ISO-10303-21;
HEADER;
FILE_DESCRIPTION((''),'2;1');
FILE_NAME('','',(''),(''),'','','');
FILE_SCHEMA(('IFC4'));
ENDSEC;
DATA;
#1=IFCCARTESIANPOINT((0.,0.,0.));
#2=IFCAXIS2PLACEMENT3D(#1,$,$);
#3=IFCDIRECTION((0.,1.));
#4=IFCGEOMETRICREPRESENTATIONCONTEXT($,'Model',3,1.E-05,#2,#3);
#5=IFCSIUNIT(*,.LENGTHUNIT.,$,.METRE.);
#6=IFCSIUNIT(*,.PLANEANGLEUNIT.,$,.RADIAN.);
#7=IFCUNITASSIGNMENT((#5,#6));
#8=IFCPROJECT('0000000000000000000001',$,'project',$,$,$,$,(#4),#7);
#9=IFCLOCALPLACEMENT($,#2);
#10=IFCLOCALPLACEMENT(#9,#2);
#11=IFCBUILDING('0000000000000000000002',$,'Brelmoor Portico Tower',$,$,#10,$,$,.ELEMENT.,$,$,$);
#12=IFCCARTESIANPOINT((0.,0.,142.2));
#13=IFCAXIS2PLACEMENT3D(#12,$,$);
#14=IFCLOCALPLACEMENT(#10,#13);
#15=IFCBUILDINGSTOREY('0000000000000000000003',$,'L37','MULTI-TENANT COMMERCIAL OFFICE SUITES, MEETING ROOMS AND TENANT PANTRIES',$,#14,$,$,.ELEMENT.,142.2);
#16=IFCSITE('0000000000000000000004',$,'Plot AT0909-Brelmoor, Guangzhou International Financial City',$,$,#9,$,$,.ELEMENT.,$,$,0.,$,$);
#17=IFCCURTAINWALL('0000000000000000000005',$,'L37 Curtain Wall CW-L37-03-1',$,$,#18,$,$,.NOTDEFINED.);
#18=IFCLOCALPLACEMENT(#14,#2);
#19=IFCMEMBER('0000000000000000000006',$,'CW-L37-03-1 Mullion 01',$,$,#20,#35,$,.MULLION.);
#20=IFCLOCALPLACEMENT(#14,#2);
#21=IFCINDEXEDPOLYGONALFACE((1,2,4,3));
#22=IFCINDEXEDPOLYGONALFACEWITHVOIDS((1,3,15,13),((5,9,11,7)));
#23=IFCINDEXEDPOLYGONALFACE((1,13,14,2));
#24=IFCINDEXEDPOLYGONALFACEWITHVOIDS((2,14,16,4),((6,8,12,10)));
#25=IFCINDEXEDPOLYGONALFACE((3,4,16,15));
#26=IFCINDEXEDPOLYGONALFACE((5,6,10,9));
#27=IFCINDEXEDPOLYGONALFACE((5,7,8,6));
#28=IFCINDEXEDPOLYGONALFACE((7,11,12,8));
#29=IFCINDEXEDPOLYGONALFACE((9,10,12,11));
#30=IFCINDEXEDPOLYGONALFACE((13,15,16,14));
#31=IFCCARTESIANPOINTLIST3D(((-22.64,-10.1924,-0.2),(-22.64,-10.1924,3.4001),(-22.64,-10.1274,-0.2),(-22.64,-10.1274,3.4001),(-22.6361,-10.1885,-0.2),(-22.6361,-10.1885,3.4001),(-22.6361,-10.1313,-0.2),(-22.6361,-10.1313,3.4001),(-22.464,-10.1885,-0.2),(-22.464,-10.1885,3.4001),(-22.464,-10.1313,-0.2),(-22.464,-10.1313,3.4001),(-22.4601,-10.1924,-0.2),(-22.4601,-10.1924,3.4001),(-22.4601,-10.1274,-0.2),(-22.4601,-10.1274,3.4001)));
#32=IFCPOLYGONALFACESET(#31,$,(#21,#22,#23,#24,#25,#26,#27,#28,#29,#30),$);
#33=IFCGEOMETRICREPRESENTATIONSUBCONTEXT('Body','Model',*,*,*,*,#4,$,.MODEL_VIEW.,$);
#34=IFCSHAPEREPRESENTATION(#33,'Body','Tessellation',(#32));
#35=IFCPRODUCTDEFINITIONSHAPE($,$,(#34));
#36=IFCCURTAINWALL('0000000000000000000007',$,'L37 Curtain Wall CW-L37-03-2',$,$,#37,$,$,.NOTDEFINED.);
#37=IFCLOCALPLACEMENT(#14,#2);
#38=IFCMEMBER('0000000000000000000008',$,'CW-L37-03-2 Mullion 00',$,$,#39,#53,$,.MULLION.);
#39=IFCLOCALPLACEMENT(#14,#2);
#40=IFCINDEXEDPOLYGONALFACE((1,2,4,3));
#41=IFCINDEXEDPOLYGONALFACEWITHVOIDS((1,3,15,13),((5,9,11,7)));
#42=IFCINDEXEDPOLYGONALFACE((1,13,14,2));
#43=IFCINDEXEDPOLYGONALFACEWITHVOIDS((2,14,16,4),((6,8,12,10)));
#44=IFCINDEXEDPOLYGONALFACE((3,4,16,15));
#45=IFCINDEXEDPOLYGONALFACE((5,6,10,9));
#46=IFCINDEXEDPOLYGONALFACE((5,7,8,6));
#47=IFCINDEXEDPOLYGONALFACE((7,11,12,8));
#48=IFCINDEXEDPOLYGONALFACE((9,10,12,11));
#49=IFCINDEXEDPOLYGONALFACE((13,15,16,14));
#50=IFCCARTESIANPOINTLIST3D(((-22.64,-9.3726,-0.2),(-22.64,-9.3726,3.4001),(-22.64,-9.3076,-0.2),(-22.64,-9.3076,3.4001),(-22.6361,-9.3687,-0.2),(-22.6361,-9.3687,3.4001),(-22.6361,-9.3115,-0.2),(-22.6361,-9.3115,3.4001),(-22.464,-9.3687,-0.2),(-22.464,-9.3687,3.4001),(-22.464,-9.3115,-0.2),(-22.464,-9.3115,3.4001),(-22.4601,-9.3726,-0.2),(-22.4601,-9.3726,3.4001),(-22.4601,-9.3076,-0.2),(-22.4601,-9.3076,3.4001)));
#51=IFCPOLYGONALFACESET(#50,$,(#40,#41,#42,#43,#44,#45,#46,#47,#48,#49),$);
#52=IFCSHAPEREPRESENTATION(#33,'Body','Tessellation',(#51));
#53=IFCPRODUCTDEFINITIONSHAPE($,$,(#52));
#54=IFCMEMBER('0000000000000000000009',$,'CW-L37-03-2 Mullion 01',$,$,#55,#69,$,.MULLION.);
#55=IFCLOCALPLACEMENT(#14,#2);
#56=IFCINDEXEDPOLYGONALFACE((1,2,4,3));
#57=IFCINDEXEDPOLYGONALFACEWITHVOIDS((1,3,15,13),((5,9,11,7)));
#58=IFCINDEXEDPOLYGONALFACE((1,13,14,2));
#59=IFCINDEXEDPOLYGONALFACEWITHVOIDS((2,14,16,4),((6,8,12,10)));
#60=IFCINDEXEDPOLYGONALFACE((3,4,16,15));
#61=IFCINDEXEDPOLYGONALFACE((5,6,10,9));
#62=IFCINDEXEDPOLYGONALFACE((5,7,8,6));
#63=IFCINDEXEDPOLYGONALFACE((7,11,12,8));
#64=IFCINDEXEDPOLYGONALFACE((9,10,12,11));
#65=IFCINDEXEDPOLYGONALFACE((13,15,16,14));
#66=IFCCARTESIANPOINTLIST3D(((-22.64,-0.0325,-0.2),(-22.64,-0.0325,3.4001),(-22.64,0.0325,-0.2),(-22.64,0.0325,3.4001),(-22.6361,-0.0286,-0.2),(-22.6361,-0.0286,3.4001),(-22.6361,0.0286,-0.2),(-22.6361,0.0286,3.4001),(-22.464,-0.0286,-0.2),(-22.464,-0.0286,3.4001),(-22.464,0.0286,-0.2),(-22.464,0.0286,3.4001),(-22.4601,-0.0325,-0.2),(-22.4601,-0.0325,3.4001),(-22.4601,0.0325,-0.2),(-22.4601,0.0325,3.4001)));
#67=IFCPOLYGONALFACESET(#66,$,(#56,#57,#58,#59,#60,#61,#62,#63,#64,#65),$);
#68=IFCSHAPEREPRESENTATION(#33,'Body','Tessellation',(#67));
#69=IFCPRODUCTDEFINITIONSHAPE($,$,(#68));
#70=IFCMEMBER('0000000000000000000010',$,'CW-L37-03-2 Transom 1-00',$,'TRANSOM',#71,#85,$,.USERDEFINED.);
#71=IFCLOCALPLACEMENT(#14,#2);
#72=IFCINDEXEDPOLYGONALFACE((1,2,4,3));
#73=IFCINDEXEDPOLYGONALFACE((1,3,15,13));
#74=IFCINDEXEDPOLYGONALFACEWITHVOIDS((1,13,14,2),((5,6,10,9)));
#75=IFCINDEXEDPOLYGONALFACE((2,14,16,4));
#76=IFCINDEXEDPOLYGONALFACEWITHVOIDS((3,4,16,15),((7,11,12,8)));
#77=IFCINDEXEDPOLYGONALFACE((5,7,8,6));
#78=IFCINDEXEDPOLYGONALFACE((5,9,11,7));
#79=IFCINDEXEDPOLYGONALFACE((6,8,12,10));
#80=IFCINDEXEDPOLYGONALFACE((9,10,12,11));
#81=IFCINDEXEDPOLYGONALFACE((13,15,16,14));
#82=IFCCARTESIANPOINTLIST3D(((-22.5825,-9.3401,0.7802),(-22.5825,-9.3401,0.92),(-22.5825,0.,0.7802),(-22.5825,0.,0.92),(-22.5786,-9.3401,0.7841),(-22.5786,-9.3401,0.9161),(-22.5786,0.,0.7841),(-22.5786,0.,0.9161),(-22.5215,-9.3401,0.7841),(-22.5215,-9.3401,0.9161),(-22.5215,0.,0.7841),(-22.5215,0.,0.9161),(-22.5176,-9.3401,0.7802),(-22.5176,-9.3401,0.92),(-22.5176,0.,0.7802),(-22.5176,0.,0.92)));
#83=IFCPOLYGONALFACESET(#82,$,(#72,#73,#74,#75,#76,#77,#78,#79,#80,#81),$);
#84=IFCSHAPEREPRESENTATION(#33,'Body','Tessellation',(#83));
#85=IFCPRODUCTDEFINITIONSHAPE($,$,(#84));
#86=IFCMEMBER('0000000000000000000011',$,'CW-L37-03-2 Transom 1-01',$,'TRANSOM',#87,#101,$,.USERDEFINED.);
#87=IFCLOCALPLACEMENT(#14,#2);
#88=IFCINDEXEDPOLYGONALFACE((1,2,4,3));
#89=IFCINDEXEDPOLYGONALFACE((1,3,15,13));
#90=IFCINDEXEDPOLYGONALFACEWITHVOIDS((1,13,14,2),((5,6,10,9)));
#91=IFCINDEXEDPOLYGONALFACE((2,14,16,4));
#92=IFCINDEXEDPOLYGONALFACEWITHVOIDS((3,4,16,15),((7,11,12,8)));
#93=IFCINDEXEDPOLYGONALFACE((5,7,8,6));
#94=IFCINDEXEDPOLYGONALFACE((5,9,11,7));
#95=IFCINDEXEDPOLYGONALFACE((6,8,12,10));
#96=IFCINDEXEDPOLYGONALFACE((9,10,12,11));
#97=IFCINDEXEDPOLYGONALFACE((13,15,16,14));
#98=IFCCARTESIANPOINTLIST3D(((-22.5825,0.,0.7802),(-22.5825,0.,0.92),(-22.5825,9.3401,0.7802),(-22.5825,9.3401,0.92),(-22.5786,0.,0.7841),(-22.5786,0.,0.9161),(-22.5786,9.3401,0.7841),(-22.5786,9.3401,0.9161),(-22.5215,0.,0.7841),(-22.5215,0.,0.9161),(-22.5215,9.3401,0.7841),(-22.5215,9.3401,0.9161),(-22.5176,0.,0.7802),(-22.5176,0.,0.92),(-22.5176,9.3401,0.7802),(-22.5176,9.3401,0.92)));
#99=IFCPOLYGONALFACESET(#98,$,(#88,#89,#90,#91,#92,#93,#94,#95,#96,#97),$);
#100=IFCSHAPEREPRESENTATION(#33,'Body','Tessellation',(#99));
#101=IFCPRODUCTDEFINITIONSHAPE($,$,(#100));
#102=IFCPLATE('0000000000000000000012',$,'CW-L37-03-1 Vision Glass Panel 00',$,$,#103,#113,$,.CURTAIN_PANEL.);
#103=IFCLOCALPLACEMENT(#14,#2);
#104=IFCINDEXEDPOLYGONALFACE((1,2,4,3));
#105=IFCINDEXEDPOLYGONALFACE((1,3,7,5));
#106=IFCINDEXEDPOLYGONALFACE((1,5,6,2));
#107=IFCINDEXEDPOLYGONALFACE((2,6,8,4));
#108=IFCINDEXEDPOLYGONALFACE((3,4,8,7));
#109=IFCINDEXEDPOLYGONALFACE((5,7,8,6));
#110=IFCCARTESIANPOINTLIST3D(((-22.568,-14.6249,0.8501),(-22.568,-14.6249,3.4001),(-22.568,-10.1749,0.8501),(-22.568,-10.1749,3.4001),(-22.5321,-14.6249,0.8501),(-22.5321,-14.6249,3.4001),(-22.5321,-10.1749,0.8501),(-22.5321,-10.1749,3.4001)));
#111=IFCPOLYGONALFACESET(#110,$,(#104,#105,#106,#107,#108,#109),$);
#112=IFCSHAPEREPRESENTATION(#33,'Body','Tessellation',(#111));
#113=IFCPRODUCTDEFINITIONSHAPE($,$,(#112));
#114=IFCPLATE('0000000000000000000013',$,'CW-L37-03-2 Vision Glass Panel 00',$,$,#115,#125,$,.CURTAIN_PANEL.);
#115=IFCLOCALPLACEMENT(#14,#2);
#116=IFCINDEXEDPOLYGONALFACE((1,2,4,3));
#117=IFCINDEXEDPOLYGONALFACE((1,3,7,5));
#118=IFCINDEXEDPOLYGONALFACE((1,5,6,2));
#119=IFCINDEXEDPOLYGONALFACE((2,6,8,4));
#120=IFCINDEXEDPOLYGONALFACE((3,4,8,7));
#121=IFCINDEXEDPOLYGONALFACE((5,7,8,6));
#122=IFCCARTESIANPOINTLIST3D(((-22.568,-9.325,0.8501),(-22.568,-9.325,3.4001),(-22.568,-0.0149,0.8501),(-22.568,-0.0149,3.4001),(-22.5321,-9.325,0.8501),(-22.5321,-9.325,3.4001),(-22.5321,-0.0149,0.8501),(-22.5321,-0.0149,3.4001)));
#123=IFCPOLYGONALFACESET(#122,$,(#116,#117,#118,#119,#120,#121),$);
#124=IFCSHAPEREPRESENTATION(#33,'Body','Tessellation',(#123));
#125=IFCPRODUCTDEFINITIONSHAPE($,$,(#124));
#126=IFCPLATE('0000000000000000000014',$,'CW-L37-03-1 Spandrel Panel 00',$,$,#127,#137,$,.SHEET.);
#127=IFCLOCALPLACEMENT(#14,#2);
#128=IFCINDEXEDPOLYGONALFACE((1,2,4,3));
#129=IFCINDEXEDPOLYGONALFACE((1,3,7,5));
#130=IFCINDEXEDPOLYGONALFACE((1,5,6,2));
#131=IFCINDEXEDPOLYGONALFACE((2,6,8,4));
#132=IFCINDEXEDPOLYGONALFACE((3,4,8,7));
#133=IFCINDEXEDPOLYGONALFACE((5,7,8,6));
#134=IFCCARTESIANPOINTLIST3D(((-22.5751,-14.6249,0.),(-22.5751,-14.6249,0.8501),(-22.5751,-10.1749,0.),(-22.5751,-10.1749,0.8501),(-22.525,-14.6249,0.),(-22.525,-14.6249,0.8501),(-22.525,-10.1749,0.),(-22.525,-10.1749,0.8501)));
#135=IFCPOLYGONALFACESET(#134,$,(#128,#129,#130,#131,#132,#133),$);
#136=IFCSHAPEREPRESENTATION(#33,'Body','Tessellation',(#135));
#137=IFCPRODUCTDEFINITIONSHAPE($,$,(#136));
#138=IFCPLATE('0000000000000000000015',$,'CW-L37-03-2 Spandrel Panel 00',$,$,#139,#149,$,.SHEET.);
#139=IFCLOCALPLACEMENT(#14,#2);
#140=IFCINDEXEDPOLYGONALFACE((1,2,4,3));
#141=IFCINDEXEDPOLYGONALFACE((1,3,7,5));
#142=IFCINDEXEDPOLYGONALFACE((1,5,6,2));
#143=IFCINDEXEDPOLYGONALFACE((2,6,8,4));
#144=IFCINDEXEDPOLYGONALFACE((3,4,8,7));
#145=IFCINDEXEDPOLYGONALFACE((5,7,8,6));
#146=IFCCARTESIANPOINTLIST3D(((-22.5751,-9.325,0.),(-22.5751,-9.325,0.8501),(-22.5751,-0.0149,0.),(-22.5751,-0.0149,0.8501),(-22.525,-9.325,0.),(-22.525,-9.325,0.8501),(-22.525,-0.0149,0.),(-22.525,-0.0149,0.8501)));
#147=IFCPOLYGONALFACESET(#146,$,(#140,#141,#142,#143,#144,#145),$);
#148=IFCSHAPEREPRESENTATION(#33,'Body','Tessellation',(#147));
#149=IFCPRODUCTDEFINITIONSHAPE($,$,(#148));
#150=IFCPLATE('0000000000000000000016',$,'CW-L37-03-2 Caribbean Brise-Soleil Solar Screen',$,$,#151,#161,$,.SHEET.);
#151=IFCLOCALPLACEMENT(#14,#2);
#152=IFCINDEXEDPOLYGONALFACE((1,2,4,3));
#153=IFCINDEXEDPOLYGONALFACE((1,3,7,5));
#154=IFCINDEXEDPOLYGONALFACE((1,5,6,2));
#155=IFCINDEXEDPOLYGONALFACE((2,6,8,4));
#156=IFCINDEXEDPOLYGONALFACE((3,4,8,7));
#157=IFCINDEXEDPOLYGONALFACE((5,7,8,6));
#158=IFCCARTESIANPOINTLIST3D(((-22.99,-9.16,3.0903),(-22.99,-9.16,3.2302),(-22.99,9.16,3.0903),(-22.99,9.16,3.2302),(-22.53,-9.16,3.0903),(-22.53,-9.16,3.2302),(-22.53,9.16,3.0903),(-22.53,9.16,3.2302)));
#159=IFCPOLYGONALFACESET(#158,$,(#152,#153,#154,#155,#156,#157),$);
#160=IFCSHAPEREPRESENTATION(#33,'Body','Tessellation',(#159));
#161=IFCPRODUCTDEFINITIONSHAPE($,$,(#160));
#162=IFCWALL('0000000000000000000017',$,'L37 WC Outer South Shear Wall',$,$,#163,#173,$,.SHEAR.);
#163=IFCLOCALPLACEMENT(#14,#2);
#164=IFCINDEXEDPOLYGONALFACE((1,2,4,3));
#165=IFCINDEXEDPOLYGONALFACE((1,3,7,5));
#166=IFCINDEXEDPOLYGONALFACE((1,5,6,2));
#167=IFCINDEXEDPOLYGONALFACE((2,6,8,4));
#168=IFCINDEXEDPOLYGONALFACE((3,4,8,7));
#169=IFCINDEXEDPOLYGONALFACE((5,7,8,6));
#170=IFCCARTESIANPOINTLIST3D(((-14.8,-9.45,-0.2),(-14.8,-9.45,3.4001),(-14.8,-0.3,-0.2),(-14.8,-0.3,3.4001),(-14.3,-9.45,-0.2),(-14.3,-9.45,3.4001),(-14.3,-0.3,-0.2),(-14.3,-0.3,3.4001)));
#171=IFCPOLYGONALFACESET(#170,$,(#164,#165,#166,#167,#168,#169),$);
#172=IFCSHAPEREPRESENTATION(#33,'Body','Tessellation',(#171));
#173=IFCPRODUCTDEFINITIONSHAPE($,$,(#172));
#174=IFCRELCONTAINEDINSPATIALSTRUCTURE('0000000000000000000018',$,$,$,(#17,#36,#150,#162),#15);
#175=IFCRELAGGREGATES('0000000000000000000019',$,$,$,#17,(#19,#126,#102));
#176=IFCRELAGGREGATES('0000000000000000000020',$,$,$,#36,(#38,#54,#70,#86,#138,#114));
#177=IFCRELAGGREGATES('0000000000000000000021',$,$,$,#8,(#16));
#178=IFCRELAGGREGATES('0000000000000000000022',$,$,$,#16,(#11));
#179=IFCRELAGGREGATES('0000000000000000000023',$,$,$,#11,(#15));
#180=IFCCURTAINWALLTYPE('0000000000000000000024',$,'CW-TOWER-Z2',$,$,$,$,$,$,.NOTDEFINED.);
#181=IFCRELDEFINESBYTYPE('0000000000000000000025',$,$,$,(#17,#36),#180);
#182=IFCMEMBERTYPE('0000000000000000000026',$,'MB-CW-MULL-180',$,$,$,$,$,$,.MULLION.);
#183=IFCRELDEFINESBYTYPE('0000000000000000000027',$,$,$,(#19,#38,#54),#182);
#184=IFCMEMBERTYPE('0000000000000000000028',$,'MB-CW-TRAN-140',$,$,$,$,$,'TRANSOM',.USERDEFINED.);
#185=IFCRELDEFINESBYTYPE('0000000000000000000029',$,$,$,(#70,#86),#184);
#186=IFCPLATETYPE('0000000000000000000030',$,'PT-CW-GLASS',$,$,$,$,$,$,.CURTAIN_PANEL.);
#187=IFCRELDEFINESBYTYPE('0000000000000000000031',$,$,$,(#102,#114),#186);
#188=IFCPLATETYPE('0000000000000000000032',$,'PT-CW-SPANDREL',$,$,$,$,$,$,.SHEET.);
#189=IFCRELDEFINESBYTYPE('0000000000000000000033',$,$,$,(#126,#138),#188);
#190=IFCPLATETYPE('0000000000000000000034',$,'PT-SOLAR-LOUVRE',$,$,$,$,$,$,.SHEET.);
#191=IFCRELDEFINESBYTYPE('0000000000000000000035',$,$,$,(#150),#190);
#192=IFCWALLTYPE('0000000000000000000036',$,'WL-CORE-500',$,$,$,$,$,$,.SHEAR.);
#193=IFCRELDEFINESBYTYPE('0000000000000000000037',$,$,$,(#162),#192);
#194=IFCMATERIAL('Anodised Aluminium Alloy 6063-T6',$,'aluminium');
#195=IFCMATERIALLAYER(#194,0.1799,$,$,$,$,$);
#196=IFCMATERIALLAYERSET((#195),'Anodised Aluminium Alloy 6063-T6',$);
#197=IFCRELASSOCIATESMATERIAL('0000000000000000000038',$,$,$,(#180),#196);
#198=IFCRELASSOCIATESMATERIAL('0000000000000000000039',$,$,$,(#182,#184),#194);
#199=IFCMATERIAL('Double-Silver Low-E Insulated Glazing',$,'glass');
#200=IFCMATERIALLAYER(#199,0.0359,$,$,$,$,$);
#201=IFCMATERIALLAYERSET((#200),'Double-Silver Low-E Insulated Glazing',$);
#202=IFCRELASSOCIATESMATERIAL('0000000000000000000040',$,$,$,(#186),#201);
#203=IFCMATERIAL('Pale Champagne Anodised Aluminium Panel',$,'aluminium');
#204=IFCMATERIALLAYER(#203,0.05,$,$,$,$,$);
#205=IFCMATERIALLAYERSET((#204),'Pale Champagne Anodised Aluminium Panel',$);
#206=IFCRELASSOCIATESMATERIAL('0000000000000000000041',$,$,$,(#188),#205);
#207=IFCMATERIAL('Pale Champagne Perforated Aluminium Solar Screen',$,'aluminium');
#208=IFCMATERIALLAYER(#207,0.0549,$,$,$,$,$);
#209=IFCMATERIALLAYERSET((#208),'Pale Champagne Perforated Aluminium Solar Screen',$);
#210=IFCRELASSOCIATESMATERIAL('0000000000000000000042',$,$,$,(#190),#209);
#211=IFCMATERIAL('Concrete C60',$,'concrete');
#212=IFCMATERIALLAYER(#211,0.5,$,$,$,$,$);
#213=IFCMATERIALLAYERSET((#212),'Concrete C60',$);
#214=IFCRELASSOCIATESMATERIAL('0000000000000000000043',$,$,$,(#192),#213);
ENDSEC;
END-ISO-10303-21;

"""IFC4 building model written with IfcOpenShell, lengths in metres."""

from ifc_helpers import new_model, si_unit, direction, frame, frame_2d, origin, origin_2d, place, context, subcontext, project, spatial, rectangle, hollow_rectangle, extrude, material, layer, layer_set, material_profile, profile_set, type_object, element, aggregate, save


model = new_model("IFC4")

# Units and contexts
model_context = context("Model", 3, precision=1e-05, world=origin(), true_north=direction((0.0, 1.0)))
body_context = subcontext(model_context, "Body", "Model", "MODEL_VIEW")
ifc_project = project(units=[si_unit("LENGTHUNIT", "METRE"), si_unit("PLANEANGLEUNIT", "RADIAN")], contexts=[model_context])

# Site, building, storey
site_placement = place(None, origin())
site = spatial("IfcSite", under=ifc_project, at=site_placement, Name="Plot AT0909-Brelmoor, Guangzhou International Financial City", CompositionType="ELEMENT", RefElevation=0.0)
building_placement = place(site_placement, origin())
building = spatial("IfcBuilding", under=site, at=building_placement, Name="Brelmoor Portico Tower", CompositionType="ELEMENT")
storey_placement = place(building_placement, frame((0.0, 0.0, 142.2)))
storey = spatial("IfcBuildingStorey", under=building, at=storey_placement, Name="L37", Description="MULTI-TENANT COMMERCIAL OFFICE SUITES, MEETING ROOMS AND TENANT PANTRIES", CompositionType="ELEMENT", Elevation=142.2)

# Curtain wall, member
ifc_material_1 = material(Name="Anodised Aluminium Alloy 6063-T6", Category="aluminium")
ifc_layer_1 = layer(ifc_material_1, 0.1799)
ifc_layer_set_1 = layer_set([ifc_layer_1], Name="Anodised Aluminium Alloy 6063-T6")
curtain_wall_type = type_object("IfcCurtainWallType", Name="CW-TOWER-Z2", PredefinedType="NOTDEFINED", material=ifc_layer_set_1)
curtain_wall_1_placement = place(storey_placement, origin())
curtain_wall_1 = element("IfcCurtainWall", 1, at=curtain_wall_1_placement, inside=storey, type_object=curtain_wall_type, Name="L37 Curtain Wall CW-L37-03-1", PredefinedType="NOTDEFINED")
ifc_material_profile_1 = material_profile(ifc_material_1, hollow_rectangle(XDim=0.0649, YDim=0.1799, WallThickness=0.0039, at=origin_2d()), Name="ALU MULLION 65x180")
ifc_profile_set_1 = profile_set([ifc_material_profile_1], Name="Anodised Aluminium Alloy 6063-T6")
member_type_1 = type_object("IfcMemberType", Name="MB-CW-MULL-180", PredefinedType="MULLION", material=ifc_profile_set_1)
member_1_placement = place(storey_placement, frame((-22.55, -10.1599, -0.2), z_axis=(0.0, 0.0, 1.0), x_axis=(0.0, 1.0, 0.0)))
member_1 = element("IfcMember", 2, at=member_1_placement, type_object=member_type_1, Name="CW-L37-03-1 Mullion 01", PredefinedType="MULLION", context=body_context, shape_type="SweptSolid", body=[
    extrude(hollow_rectangle(XDim=0.0649, YDim=0.1799, WallThickness=0.0039, at=origin_2d()), origin(), (0.0, 0.0, 1.0), 3.6001),
])

# Curtain wall, members
curtain_wall_2_placement = place(storey_placement, origin())
curtain_wall_2 = element("IfcCurtainWall", 3, at=curtain_wall_2_placement, inside=storey, type_object=curtain_wall_type, Name="L37 Curtain Wall CW-L37-03-2", PredefinedType="NOTDEFINED")
member_2_placement = place(storey_placement, frame((-22.55, -9.3401, -0.2), z_axis=(0.0, 0.0, 1.0), x_axis=(0.0, 1.0, 0.0)))
member_2 = element("IfcMember", 4, at=member_2_placement, type_object=member_type_1, Name="CW-L37-03-2 Mullion 00", PredefinedType="MULLION", context=body_context, shape_type="SweptSolid", body=[
    extrude(hollow_rectangle(XDim=0.0649, YDim=0.1799, WallThickness=0.0039, at=origin_2d()), origin(), (0.0, 0.0, 1.0), 3.6001),
])
member_3_placement = place(storey_placement, frame((-22.55, 0.0, -0.2), z_axis=(0.0, 0.0, 1.0), x_axis=(0.0, 1.0, 0.0)))
member_3 = element("IfcMember", 5, at=member_3_placement, type_object=member_type_1, Name="CW-L37-03-2 Mullion 01", PredefinedType="MULLION", context=body_context, shape_type="SweptSolid", body=[
    extrude(hollow_rectangle(XDim=0.0649, YDim=0.1799, WallThickness=0.0039, at=origin_2d()), origin(), (0.0, 0.0, 1.0), 3.6001),
])
ifc_material_profile_2 = material_profile(ifc_material_1, hollow_rectangle(XDim=0.0649, YDim=0.1399, WallThickness=0.0039, at=origin_2d()), Name="ALU TRANSOM 65x140")
ifc_profile_set_2 = profile_set([ifc_material_profile_2], Name="Anodised Aluminium Alloy 6063-T6")
member_type_2 = type_object("IfcMemberType", Name="MB-CW-TRAN-140", ElementType="TRANSOM", PredefinedType="USERDEFINED", material=ifc_profile_set_2)
member_4_placement = place(storey_placement, frame((-22.55, -9.3401, 0.8501), z_axis=(0.0, 1.0, 0.0), x_axis=(-1.0, 0.0, 0.0)))
member_4 = element("IfcMember", 6, at=member_4_placement, type_object=member_type_2, Name="CW-L37-03-2 Transom 1-00", ObjectType="TRANSOM", PredefinedType="USERDEFINED", context=body_context, shape_type="SweptSolid", body=[
    extrude(hollow_rectangle(XDim=0.0649, YDim=0.1399, WallThickness=0.0039, at=origin_2d()), origin(), (0.0, 0.0, 1.0), 9.3401),
])
member_5_placement = place(storey_placement, frame((-22.55, 0.0, 0.8501), z_axis=(0.0, 1.0, 0.0), x_axis=(-1.0, 0.0, 0.0)))
member_5 = element("IfcMember", 7, at=member_5_placement, type_object=member_type_2, Name="CW-L37-03-2 Transom 1-01", ObjectType="TRANSOM", PredefinedType="USERDEFINED", context=body_context, shape_type="SweptSolid", body=[
    extrude(hollow_rectangle(XDim=0.0649, YDim=0.1399, WallThickness=0.0039, at=origin_2d()), origin(), (0.0, 0.0, 1.0), 9.3401),
])

# Plates
ifc_material_2 = material(Name="Double-Silver Low-E Insulated Glazing", Category="glass")
ifc_layer_2 = layer(ifc_material_2, 0.0359)
ifc_layer_set_2 = layer_set([ifc_layer_2], Name="Double-Silver Low-E Insulated Glazing")
plate_type_1 = type_object("IfcPlateType", Name="PT-CW-GLASS", PredefinedType="CURTAIN_PANEL", material=ifc_layer_set_2)
plate_1_placement = place(storey_placement, frame((-22.55, -12.3999, 0.8501), z_axis=(0.0, 0.0, 1.0), x_axis=(0.0, 1.0, 0.0)))
plate_1 = element("IfcPlate", 8, at=plate_1_placement, type_object=plate_type_1, Name="CW-L37-03-1 Vision Glass Panel 00", PredefinedType="CURTAIN_PANEL", context=body_context, shape_type="SweptSolid", body=[
    extrude(rectangle(XDim=4.45, YDim=0.0359, at=origin_2d()), origin(), (0.0, 0.0, 1.0), 2.55),
])
plate_2_placement = place(storey_placement, frame((-22.55, -4.6699, 0.8501), z_axis=(0.0, 0.0, 1.0), x_axis=(0.0, 1.0, 0.0)))
plate_2 = element("IfcPlate", 9, at=plate_2_placement, type_object=plate_type_1, Name="CW-L37-03-2 Vision Glass Panel 00", PredefinedType="CURTAIN_PANEL", context=body_context, shape_type="SweptSolid", body=[
    extrude(rectangle(XDim=9.3101, YDim=0.0359, at=origin_2d()), origin(), (0.0, 0.0, 1.0), 2.55),
])
ifc_material_3 = material(Name="Pale Champagne Anodised Aluminium Panel", Category="aluminium")
ifc_layer_3 = layer(ifc_material_3, 0.05)
ifc_layer_set_3 = layer_set([ifc_layer_3], Name="Pale Champagne Anodised Aluminium Panel")
plate_type_2 = type_object("IfcPlateType", Name="PT-CW-SPANDREL", PredefinedType="SHEET", material=ifc_layer_set_3)
plate_3_placement = place(storey_placement, frame((-22.55, -12.3999, 0.0), z_axis=(0.0, 0.0, 1.0), x_axis=(0.0, 1.0, 0.0)))
plate_3 = element("IfcPlate", 10, at=plate_3_placement, type_object=plate_type_2, Name="CW-L37-03-1 Spandrel Panel 00", PredefinedType="SHEET", context=body_context, shape_type="SweptSolid", body=[
    extrude(rectangle(XDim=4.45, YDim=0.05, at=origin_2d()), origin(), (0.0, 0.0, 1.0), 0.8501),
])
aggregate(curtain_wall_1, [member_1, plate_3, plate_1])
plate_4_placement = place(storey_placement, frame((-22.55, -4.6699, 0.0), z_axis=(0.0, 0.0, 1.0), x_axis=(0.0, 1.0, 0.0)))
plate_4 = element("IfcPlate", 11, at=plate_4_placement, type_object=plate_type_2, Name="CW-L37-03-2 Spandrel Panel 00", PredefinedType="SHEET", context=body_context, shape_type="SweptSolid", body=[
    extrude(rectangle(XDim=9.3101, YDim=0.05, at=origin_2d()), origin(), (0.0, 0.0, 1.0), 0.8501),
])
aggregate(curtain_wall_2, [member_2, member_3, member_4, member_5, plate_4, plate_2])
ifc_material_4 = material(Name="Pale Champagne Perforated Aluminium Solar Screen", Category="aluminium")
ifc_layer_4 = layer(ifc_material_4, 0.0549)
ifc_layer_set_4 = layer_set([ifc_layer_4], Name="Pale Champagne Perforated Aluminium Solar Screen")
plate_type_3 = type_object("IfcPlateType", Name="PT-SOLAR-LOUVRE", PredefinedType="SHEET", material=ifc_layer_set_4)
plate_5_placement = place(storey_placement, frame((-22.76, 0.0, 3.0903), z_axis=(0.0, 0.0, 1.0), x_axis=(0.0, 1.0, 0.0)))
element("IfcPlate", 12, at=plate_5_placement, inside=storey, type_object=plate_type_3, Name="CW-L37-03-2 Caribbean Brise-Soleil Solar Screen", PredefinedType="SHEET", context=body_context, shape_type="SweptSolid", body=[
    extrude(rectangle(XDim=18.3201, YDim=0.46, at=origin_2d()), origin(), (0.0, 0.0, 1.0), 0.1399),
])

# Wall
ifc_material_5 = material(Name="Concrete C60", Category="concrete")
ifc_layer_5 = layer(ifc_material_5, 0.5)
ifc_layer_set_5 = layer_set([ifc_layer_5], Name="Concrete C60")
wall_type_1 = type_object("IfcWallType", Name="WL-CORE-500", PredefinedType="SHEAR", material=ifc_layer_set_5)
wall_1_placement = place(storey_placement, frame((-14.55, -9.45, -0.2), z_axis=(0.0, 0.0, 1.0), x_axis=(0.0, 1.0, 0.0)))
element("IfcWall", 13, at=wall_1_placement, inside=storey, type_object=wall_type_1, Name="L37 WC Outer South Shear Wall", PredefinedType="SHEAR", context=body_context, shape_type="SweptSolid", body=[
    extrude(rectangle(XDim=9.1499, YDim=0.5, at=frame_2d((4.575, 0.0))), origin(), (0.0, 0.0, 1.0), 3.6001),
])

save(model, "model.ifc")
